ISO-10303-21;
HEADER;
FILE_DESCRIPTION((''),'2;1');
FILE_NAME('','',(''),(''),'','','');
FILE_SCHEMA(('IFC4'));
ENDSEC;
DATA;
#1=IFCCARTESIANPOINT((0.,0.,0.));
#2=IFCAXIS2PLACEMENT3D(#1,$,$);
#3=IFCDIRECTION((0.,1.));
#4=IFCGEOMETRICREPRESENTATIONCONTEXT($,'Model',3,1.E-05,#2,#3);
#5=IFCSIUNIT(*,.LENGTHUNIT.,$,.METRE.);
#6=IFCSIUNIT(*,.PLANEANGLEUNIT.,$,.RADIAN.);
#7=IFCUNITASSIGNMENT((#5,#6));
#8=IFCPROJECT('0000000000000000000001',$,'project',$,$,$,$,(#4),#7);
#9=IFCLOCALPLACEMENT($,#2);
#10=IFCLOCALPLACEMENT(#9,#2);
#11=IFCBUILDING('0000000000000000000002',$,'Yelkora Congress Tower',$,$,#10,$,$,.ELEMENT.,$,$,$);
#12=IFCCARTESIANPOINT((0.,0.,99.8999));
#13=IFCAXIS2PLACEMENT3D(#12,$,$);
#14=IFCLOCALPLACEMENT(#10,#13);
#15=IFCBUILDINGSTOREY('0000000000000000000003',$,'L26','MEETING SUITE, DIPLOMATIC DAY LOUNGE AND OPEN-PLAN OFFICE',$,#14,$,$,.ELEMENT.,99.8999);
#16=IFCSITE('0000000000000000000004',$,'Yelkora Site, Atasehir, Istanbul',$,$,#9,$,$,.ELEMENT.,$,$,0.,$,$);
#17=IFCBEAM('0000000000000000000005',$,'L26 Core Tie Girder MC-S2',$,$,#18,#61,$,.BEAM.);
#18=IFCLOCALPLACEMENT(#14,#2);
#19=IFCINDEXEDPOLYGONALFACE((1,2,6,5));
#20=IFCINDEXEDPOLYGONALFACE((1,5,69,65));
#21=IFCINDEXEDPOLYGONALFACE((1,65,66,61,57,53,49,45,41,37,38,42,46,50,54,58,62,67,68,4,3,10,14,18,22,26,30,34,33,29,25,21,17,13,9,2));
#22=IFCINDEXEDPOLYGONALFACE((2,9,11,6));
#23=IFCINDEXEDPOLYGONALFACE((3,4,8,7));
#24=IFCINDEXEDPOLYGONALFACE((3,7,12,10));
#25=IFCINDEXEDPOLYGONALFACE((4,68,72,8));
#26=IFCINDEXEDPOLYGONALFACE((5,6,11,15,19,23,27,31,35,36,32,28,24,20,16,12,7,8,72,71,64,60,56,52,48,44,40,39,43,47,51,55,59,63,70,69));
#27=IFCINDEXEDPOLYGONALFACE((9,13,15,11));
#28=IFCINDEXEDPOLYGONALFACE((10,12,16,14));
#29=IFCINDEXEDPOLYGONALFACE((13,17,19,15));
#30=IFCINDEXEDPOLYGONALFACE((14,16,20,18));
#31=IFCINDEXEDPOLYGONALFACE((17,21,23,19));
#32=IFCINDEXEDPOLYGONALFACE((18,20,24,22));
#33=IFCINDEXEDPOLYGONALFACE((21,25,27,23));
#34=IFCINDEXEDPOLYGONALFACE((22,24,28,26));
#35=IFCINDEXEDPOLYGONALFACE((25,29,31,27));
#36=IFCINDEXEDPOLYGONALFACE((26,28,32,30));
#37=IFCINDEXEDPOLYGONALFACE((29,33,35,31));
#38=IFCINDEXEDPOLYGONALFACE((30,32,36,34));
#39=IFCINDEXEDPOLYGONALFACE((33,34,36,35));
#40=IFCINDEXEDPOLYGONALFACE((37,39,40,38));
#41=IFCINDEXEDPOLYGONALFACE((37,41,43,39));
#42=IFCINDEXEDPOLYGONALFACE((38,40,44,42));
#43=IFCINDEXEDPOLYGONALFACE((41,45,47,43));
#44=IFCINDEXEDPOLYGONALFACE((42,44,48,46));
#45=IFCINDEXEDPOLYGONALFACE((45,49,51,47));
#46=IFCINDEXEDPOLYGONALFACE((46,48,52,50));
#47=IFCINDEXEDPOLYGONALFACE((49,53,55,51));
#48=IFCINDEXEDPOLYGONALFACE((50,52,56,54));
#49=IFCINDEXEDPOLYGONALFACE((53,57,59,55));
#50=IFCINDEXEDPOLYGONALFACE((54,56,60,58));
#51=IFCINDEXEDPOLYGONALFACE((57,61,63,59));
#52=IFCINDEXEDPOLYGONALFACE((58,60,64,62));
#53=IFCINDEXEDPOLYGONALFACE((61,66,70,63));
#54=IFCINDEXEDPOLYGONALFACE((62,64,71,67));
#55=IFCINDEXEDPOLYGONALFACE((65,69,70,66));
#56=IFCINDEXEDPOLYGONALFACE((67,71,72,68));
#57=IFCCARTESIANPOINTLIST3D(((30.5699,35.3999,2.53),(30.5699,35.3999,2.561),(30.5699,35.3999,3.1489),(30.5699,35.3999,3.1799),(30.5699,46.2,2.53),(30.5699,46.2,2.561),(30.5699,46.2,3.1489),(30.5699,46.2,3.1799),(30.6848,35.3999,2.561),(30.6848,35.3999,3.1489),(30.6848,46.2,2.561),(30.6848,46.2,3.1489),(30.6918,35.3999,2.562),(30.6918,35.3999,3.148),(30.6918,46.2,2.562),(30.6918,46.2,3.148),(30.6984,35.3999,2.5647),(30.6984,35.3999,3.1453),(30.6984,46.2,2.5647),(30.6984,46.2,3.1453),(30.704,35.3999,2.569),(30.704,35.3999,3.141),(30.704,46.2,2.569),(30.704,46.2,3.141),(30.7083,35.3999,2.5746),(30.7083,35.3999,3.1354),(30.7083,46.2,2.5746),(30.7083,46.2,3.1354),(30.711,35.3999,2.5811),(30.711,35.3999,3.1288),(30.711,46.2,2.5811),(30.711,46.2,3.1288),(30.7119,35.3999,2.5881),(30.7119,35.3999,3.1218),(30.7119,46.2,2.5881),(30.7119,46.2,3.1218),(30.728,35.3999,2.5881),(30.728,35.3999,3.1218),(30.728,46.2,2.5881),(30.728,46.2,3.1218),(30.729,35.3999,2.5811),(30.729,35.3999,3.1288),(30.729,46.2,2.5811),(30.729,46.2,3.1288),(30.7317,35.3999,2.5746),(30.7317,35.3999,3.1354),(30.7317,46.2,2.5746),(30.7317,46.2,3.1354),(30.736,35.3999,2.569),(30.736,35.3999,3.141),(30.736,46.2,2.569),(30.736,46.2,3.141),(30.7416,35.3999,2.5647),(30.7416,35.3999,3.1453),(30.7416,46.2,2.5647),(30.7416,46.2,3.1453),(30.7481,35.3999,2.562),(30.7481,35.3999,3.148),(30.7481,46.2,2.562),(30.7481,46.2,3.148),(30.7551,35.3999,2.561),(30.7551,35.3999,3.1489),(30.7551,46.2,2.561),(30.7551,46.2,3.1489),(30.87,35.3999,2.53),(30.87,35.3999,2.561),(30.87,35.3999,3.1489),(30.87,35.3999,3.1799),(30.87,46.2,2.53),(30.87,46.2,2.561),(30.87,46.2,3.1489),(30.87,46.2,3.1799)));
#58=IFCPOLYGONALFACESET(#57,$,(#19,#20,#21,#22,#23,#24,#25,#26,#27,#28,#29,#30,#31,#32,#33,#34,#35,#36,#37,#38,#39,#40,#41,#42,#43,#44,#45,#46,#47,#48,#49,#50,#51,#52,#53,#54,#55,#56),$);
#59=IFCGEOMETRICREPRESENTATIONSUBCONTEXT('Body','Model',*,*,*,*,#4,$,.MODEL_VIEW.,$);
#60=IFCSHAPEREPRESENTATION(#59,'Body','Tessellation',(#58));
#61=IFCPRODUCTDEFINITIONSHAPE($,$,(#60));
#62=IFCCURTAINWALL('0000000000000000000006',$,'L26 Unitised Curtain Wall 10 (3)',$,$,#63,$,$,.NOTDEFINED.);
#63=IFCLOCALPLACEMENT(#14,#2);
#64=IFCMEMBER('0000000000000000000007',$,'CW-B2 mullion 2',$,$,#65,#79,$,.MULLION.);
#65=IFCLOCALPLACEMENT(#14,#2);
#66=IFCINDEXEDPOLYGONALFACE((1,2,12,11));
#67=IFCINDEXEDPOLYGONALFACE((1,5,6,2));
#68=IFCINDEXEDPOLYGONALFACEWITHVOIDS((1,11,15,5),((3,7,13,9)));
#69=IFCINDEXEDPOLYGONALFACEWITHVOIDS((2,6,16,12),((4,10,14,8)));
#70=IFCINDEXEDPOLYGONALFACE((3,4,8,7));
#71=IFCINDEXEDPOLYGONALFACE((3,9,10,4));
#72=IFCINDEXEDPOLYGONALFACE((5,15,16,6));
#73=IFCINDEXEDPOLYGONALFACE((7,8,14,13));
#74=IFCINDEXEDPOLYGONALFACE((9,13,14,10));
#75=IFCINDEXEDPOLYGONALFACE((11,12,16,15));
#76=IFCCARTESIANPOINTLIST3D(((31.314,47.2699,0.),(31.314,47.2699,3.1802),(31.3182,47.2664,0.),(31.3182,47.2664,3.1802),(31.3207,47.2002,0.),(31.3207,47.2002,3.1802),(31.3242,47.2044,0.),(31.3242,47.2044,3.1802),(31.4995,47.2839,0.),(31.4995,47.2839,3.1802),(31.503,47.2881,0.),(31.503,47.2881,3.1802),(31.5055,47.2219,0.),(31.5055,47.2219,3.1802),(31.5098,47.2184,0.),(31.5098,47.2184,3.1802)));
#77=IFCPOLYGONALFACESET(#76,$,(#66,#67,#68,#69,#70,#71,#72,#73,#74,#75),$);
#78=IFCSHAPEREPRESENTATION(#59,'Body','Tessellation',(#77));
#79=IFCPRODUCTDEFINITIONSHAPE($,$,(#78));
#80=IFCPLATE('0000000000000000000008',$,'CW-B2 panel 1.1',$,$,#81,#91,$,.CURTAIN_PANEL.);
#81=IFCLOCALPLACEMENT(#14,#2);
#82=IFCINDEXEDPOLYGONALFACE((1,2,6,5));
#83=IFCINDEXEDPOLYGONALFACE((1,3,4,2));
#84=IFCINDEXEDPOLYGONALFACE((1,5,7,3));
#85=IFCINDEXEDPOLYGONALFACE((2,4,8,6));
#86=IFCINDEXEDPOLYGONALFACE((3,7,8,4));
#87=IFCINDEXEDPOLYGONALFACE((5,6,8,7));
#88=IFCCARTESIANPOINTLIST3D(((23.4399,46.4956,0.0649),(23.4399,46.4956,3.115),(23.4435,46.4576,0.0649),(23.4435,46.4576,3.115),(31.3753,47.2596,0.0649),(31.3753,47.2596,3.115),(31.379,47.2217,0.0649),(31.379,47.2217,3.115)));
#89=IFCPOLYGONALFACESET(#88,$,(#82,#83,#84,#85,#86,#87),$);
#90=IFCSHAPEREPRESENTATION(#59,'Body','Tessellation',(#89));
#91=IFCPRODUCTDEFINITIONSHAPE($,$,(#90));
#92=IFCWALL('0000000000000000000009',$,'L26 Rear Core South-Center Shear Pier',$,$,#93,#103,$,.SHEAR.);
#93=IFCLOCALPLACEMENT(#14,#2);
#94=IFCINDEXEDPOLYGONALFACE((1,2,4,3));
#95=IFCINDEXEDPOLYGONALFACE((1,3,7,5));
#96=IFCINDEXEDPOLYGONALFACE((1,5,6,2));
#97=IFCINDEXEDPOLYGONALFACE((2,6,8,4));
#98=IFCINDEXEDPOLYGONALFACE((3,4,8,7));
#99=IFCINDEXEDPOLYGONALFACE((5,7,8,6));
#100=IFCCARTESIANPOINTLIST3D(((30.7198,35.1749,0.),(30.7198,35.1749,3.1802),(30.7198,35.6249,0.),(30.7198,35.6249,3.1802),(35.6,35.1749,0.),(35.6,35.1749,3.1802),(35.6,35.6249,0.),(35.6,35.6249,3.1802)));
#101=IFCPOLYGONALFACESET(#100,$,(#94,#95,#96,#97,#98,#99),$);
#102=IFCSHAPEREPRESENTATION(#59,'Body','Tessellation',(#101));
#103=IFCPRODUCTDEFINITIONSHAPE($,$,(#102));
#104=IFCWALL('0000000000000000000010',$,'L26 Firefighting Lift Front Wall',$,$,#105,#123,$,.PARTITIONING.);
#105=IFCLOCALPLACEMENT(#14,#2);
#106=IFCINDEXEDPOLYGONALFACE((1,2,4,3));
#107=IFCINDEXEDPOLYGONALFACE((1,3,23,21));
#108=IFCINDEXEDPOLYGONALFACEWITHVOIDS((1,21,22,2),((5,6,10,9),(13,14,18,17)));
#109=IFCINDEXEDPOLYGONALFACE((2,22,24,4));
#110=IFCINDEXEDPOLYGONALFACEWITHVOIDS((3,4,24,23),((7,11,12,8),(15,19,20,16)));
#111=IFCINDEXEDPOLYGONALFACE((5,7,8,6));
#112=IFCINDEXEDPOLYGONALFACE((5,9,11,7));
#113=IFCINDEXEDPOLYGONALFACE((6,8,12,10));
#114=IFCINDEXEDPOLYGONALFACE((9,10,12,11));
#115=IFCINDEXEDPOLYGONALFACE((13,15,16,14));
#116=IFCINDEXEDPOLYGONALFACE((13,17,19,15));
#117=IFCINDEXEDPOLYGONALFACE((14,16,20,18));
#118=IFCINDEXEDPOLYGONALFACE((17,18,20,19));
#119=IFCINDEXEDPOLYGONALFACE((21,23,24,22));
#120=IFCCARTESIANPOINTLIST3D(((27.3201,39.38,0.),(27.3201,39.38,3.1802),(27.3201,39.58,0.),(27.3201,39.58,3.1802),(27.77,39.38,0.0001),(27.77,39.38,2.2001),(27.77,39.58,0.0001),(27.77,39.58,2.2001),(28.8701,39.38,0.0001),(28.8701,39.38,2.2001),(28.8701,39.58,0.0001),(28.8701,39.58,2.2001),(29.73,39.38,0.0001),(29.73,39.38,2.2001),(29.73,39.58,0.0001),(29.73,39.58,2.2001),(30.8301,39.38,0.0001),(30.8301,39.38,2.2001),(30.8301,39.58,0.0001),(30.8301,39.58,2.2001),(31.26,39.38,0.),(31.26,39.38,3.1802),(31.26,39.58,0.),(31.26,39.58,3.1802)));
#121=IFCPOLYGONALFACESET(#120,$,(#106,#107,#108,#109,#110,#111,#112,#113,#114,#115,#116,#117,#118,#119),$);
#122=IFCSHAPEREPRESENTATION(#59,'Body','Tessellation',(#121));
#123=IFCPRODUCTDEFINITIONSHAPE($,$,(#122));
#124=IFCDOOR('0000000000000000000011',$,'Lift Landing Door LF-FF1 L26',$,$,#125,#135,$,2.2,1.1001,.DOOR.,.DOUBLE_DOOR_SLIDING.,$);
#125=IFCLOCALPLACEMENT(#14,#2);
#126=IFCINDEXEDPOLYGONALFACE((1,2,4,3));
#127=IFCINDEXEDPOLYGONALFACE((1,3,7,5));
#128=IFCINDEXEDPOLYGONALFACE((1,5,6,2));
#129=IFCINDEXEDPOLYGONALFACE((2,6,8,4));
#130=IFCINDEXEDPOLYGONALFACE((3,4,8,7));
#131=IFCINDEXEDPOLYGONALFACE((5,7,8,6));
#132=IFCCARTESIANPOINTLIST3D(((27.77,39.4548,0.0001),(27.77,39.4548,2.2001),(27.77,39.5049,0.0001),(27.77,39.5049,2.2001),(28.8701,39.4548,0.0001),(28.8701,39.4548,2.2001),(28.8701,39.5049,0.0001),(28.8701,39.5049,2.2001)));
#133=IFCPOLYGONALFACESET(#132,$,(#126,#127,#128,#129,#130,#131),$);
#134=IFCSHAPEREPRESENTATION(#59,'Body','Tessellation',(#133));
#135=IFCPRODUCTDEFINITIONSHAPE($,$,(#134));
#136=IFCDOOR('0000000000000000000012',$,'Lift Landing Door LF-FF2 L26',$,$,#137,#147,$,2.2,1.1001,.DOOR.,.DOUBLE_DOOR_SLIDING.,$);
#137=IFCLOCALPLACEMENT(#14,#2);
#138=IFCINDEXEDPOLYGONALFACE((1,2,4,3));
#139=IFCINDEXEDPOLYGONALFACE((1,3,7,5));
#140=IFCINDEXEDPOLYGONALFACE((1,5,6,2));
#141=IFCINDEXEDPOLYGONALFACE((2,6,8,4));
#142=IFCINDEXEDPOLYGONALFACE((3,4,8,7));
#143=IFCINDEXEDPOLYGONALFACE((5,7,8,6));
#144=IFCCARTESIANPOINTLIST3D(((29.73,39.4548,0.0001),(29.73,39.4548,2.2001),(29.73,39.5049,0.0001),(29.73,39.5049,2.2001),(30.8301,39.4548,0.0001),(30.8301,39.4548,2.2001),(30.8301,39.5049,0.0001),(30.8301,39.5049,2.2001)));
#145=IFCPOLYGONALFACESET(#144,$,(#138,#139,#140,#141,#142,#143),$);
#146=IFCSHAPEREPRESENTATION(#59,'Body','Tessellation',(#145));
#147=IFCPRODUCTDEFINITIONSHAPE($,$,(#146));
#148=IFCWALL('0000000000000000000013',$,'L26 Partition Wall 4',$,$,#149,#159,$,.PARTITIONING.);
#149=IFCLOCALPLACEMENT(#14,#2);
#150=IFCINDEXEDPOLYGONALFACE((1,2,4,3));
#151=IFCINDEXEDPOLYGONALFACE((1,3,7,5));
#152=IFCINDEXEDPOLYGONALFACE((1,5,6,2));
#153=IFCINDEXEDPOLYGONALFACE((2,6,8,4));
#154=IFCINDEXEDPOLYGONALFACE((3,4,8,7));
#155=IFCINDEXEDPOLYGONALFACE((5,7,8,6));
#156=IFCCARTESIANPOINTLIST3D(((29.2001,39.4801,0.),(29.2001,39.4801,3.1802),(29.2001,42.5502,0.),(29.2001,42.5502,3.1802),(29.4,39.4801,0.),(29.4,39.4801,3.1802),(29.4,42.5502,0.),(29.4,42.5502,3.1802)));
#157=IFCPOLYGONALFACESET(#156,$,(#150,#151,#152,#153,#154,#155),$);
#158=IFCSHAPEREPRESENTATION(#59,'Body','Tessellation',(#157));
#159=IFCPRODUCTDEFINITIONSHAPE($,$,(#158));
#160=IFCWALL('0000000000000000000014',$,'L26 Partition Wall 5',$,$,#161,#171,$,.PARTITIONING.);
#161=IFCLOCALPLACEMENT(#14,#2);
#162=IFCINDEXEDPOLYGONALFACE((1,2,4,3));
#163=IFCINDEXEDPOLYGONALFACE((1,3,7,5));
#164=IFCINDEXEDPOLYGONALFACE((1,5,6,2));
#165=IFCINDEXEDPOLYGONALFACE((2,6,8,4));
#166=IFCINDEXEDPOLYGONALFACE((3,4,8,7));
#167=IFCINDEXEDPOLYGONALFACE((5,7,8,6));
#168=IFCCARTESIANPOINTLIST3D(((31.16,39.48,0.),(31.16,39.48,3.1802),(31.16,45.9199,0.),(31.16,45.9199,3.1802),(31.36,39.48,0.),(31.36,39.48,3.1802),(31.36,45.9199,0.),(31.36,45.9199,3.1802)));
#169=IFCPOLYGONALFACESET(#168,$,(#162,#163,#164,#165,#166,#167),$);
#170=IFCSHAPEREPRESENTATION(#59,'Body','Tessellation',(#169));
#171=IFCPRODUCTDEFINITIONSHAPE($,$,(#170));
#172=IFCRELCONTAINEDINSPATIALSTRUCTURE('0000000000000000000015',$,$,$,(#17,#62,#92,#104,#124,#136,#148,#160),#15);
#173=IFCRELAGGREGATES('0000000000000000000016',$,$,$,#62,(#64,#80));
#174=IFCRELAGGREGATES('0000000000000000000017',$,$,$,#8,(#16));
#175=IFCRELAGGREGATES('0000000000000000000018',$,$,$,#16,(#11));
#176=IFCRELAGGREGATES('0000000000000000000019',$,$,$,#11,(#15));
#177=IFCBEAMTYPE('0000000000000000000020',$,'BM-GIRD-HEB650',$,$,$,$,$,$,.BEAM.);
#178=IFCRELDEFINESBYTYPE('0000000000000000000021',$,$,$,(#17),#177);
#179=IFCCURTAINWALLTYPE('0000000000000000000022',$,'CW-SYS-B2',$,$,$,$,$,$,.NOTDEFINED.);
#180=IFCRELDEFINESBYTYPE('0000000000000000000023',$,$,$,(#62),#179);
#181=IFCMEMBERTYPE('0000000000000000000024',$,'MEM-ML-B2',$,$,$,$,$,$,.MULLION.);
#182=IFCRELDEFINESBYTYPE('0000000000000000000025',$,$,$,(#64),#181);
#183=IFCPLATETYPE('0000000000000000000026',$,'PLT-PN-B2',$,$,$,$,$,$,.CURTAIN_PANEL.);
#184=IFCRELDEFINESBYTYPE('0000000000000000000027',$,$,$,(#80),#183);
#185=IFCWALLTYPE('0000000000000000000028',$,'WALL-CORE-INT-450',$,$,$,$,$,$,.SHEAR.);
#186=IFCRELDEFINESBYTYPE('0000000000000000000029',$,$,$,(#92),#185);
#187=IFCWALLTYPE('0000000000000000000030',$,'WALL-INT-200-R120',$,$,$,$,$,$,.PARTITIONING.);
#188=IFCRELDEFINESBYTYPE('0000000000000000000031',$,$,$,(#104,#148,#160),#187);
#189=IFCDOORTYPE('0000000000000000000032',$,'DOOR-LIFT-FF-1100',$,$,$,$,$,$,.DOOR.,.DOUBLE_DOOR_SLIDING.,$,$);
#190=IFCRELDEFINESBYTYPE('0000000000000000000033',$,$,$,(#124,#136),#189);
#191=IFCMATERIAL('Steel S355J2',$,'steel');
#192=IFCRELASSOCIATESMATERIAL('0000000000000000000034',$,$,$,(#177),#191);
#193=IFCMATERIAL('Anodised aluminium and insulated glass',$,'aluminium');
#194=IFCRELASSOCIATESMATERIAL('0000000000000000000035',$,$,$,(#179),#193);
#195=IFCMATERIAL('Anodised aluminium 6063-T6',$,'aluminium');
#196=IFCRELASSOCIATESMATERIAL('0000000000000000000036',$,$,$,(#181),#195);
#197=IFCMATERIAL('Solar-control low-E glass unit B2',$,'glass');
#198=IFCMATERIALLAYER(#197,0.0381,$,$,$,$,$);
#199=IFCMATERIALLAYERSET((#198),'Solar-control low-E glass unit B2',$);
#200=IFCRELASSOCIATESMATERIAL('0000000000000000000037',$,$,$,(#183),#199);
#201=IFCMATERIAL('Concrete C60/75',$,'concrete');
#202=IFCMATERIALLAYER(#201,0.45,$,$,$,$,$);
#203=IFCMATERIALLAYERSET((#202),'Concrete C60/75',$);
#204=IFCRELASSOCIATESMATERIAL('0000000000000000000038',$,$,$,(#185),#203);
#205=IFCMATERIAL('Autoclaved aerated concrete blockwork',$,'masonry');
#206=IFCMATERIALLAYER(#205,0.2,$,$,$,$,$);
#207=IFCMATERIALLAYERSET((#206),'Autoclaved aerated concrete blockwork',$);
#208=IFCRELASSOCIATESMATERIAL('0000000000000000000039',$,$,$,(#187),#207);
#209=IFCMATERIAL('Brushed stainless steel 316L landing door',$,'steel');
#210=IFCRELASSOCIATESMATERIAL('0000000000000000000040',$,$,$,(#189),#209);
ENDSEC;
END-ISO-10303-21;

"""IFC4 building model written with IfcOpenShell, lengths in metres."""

from ifc_helpers import new_model, si_unit, direction, frame, frame_2d, origin, origin_2d, place, context, subcontext, project, spatial, rectangle, hollow_rectangle, i_section, extrude, material, layer, layer_set, material_profile, profile_set, type_object, element, fill, aggregate, save


model = new_model("IFC4")

# Units and contexts
model_context = context("Model", 3, precision=1e-05, world=origin(), true_north=direction((0.0, 1.0)))
body_context = subcontext(model_context, "Body", "Model", "MODEL_VIEW")
ifc_project = project(units=[si_unit("LENGTHUNIT", "METRE"), si_unit("PLANEANGLEUNIT", "RADIAN")], contexts=[model_context])

# Site, building, storey
site_placement = place(None, origin())
site = spatial("IfcSite", under=ifc_project, at=site_placement, Name="Yelkora Site, Atasehir, Istanbul", CompositionType="ELEMENT", RefElevation=0.0)
building_placement = place(site_placement, origin())
building = spatial("IfcBuilding", under=site, at=building_placement, Name="Yelkora Congress Tower", CompositionType="ELEMENT")
storey_placement = place(building_placement, frame((0.0, 0.0, 99.8999)))
storey = spatial("IfcBuildingStorey", under=building, at=storey_placement, Name="L26", Description="MEETING SUITE, DIPLOMATIC DAY LOUNGE AND OPEN-PLAN OFFICE", CompositionType="ELEMENT", Elevation=99.8999)

# Beam
ifc_material_1 = material(Name="Steel S355J2", Category="steel")
ifc_material_profile_1 = material_profile(ifc_material_1, i_section(OverallWidth=0.3, OverallDepth=0.6499, WebThickness=0.0161, FlangeThickness=0.031, FilletRadius=0.0271, at=origin_2d()), Name="HEB 650")
ifc_profile_set_1 = profile_set([ifc_material_profile_1], Name="Steel S355J2")
beam_type = type_object("IfcBeamType", Name="BM-GIRD-HEB650", PredefinedType="BEAM", material=ifc_profile_set_1)
beam_placement = place(storey_placement, frame((30.72, 35.3999, 2.855), z_axis=(0.0, 1.0, 0.0), x_axis=(-1.0, 0.0, 0.0)))
element("IfcBeam", 1, at=beam_placement, inside=storey, type_object=beam_type, Name="L26 Core Tie Girder MC-S2", PredefinedType="BEAM", context=body_context, shape_type="SweptSolid", body=[
    extrude(i_section(OverallWidth=0.3, OverallDepth=0.6499, WebThickness=0.0161, FlangeThickness=0.031, FilletRadius=0.0271, at=origin_2d()), origin(), (0.0, 0.0, 1.0), 10.8),
])

# Curtain wall, member, plate
ifc_material_2 = material(Name="Anodised aluminium and insulated glass", Category="aluminium")
curtain_wall_type = type_object("IfcCurtainWallType", Name="CW-SYS-B2", PredefinedType="NOTDEFINED", material=ifc_material_2)
curtain_wall_placement = place(storey_placement, origin())
curtain_wall = element("IfcCurtainWall", 2, at=curtain_wall_placement, inside=storey, type_object=curtain_wall_type, Name="L26 Unitised Curtain Wall 10 (3)", PredefinedType="NOTDEFINED")
ifc_material_3 = material(Name="Anodised aluminium 6063-T6", Category="aluminium")
ifc_material_profile_2 = material_profile(ifc_material_3, hollow_rectangle(XDim=0.0701, YDim=0.1899, WallThickness=0.0039, at=origin_2d()), Name="ALU 70x190x4")
ifc_profile_set_2 = profile_set([ifc_material_profile_2], Name="Anodised aluminium 6063-T6")
member_type = type_object("IfcMemberType", Name="MEM-ML-B2", PredefinedType="MULLION", material=ifc_profile_set_2)
member_placement = place(storey_placement, frame((31.4119, 47.2441, 0.0), z_axis=(0.0, 0.0, 1.0), x_axis=(-0.095844, 0.995396, 0.0)))
member = element("IfcMember", 3, at=member_placement, type_object=member_type, Name="CW-B2 mullion 2", PredefinedType="MULLION", context=body_context, shape_type="SweptSolid", body=[
    extrude(hollow_rectangle(XDim=0.0701, YDim=0.1899, WallThickness=0.0039, at=origin_2d()), origin(), (0.0, 0.0, 1.0), 3.1802),
])
ifc_material_4 = material(Name="Solar-control low-E glass unit B2", Category="glass")
ifc_layer_1 = layer(ifc_material_4, 0.0381)
ifc_layer_set_1 = layer_set([ifc_layer_1], Name="Solar-control low-E glass unit B2")
plate_type = type_object("IfcPlateType", Name="PLT-PN-B2", PredefinedType="CURTAIN_PANEL", material=ifc_layer_set_1)
plate_placement = place(storey_placement, frame((27.4094, 46.8586, 0.0649), z_axis=(0.0, 0.0, 1.0), x_axis=(0.995396, 0.095844, 0.0)))
plate = element("IfcPlate", 4, at=plate_placement, type_object=plate_type, Name="CW-B2 panel 1.1", PredefinedType="CURTAIN_PANEL", context=body_context, shape_type="SweptSolid", body=[
    extrude(rectangle(XDim=7.9722, YDim=0.0381, at=origin_2d()), origin(), (0.0, 0.0, 1.0), 3.05),
])
aggregate(curtain_wall, [member, plate])

# Wall
ifc_material_5 = material(Name="Concrete C60/75", Category="concrete")
ifc_layer_2 = layer(ifc_material_5, 0.45)
ifc_layer_set_2 = layer_set([ifc_layer_2], Name="Concrete C60/75")
wall_type_1 = type_object("IfcWallType", Name="WALL-CORE-INT-450", PredefinedType="SHEAR", material=ifc_layer_set_2)
wall_1_placement = place(storey_placement, frame((30.72, 35.3999, 0.0), z_axis=(0.0, 0.0, 1.0), x_axis=(1.0, 0.0, 0.0)))
element("IfcWall", 5, at=wall_1_placement, inside=storey, type_object=wall_type_1, Name="L26 Rear Core South-Center Shear Pier", PredefinedType="SHEAR", context=body_context, shape_type="SweptSolid", body=[
    extrude(rectangle(XDim=4.8801, YDim=0.45, at=frame_2d((2.4399, 0.0))), origin(), (0.0, 0.0, 1.0), 3.1802),
])

# Shared definitions
ifc_material_6 = material(Name="Autoclaved aerated concrete blockwork", Category="masonry")
ifc_layer_3 = layer(ifc_material_6, 0.2)
ifc_layer_set_3 = layer_set([ifc_layer_3], Name="Autoclaved aerated concrete blockwork")
wall_type_2 = type_object("IfcWallType", Name="WALL-INT-200-R120", PredefinedType="PARTITIONING", material=ifc_layer_set_3)

# Wall, openings, doors
wall_2_placement = place(storey_placement, frame((27.3201, 39.48, 0.0), z_axis=(0.0, 0.0, 1.0), x_axis=(1.0, 0.0, 0.0)))
wall_2 = element("IfcWall", 6, at=wall_2_placement, inside=storey, type_object=wall_type_2, Name="L26 Firefighting Lift Front Wall", PredefinedType="PARTITIONING", context=body_context, shape_type="SweptSolid", body=[
    extrude(rectangle(XDim=3.9399, YDim=0.2, at=frame_2d((1.97, 0.0))), origin(), (0.0, 0.0, 1.0), 3.1802),
])
opening_1_placement = place(wall_2_placement, frame((0.45, 0.0, 0.0)))
opening_1 = element("IfcOpeningElement", 7, at=opening_1_placement, cuts=wall_2, PredefinedType="OPENING", context=body_context, shape_type="SweptSolid", body=[
    extrude(rectangle(XDim=1.1001, YDim=2.2, at=frame_2d((0.55, 1.1001))), frame((0.0, 0.1099, 0.0), z_axis=(0.0, -1.0, 0.0), x_axis=(1.0, 0.0, 0.0)), (0.0, 0.0, 1.0), 0.22),
])
opening_2_placement = place(wall_2_placement, frame((2.4099, 0.0, 0.0)))
opening_2 = element("IfcOpeningElement", 8, at=opening_2_placement, cuts=wall_2, PredefinedType="OPENING", context=body_context, shape_type="SweptSolid", body=[
    extrude(rectangle(XDim=1.1001, YDim=2.2, at=frame_2d((0.55, 1.1001))), frame((0.0, 0.1099, 0.0), z_axis=(0.0, -1.0, 0.0), x_axis=(1.0, 0.0, 0.0)), (0.0, 0.0, 1.0), 0.22),
])
ifc_material_7 = material(Name="Brushed stainless steel 316L landing door", Category="steel")
door_type_1 = type_object("IfcDoorType", Name="DOOR-LIFT-FF-1100", OperationType="DOUBLE_DOOR_SLIDING", PredefinedType="DOOR", material=ifc_material_7)
door_1_placement = place(opening_1_placement, origin())
door_1 = element("IfcDoor", 9, at=door_1_placement, inside=storey, type_object=door_type_1, Name="Lift Landing Door LF-FF1 L26", OperationType="DOUBLE_DOOR_SLIDING", OverallHeight=2.2, OverallWidth=1.1001, PredefinedType="DOOR", context=body_context, shape_type="SweptSolid", body=[
    extrude(rectangle(XDim=1.1001, YDim=2.2, at=frame_2d((0.55, 1.1001))), frame((0.0, 0.0249, 0.0), z_axis=(0.0, -1.0, 0.0), x_axis=(1.0, 0.0, 0.0)), (0.0, 0.0, 1.0), 0.05),
])
fill(opening_1, door_1)
door_2_placement = place(opening_2_placement, origin())
door_2 = element("IfcDoor", 10, at=door_2_placement, inside=storey, type_object=door_type_1, Name="Lift Landing Door LF-FF2 L26", OperationType="DOUBLE_DOOR_SLIDING", OverallHeight=2.2, OverallWidth=1.1001, PredefinedType="DOOR", context=body_context, shape_type="SweptSolid", body=[
    extrude(rectangle(XDim=1.1001, YDim=2.2, at=frame_2d((0.55, 1.1001))), frame((0.0, 0.0249, 0.0), z_axis=(0.0, -1.0, 0.0), x_axis=(1.0, 0.0, 0.0)), (0.0, 0.0, 1.0), 0.05),
])
fill(opening_2, door_2)

# Walls
wall_3_placement = place(storey_placement, frame((29.3, 39.48, 0.0), z_axis=(0.0, 0.0, 1.0), x_axis=(0.0, 1.0, 0.0)))
element("IfcWall", 11, at=wall_3_placement, inside=storey, type_object=wall_type_2, Name="L26 Partition Wall 4", PredefinedType="PARTITIONING", context=body_context, shape_type="SweptSolid", body=[
    extrude(rectangle(XDim=3.0701, YDim=0.2, at=frame_2d((1.5352, 0.0))), origin(), (0.0, 0.0, 1.0), 3.1802),
])
wall_4_placement = place(storey_placement, frame((31.26, 39.48, 0.0), z_axis=(0.0, 0.0, 1.0), x_axis=(0.0, 1.0, 0.0)))
element("IfcWall", 12, at=wall_4_placement, inside=storey, type_object=wall_type_2, Name="L26 Partition Wall 5", PredefinedType="PARTITIONING", context=body_context, shape_type="SweptSolid", body=[
    extrude(rectangle(XDim=6.4399, YDim=0.2, at=frame_2d((3.22, 0.0))), origin(), (0.0, 0.0, 1.0), 3.1802),
])

save(model, "model.ifc")
